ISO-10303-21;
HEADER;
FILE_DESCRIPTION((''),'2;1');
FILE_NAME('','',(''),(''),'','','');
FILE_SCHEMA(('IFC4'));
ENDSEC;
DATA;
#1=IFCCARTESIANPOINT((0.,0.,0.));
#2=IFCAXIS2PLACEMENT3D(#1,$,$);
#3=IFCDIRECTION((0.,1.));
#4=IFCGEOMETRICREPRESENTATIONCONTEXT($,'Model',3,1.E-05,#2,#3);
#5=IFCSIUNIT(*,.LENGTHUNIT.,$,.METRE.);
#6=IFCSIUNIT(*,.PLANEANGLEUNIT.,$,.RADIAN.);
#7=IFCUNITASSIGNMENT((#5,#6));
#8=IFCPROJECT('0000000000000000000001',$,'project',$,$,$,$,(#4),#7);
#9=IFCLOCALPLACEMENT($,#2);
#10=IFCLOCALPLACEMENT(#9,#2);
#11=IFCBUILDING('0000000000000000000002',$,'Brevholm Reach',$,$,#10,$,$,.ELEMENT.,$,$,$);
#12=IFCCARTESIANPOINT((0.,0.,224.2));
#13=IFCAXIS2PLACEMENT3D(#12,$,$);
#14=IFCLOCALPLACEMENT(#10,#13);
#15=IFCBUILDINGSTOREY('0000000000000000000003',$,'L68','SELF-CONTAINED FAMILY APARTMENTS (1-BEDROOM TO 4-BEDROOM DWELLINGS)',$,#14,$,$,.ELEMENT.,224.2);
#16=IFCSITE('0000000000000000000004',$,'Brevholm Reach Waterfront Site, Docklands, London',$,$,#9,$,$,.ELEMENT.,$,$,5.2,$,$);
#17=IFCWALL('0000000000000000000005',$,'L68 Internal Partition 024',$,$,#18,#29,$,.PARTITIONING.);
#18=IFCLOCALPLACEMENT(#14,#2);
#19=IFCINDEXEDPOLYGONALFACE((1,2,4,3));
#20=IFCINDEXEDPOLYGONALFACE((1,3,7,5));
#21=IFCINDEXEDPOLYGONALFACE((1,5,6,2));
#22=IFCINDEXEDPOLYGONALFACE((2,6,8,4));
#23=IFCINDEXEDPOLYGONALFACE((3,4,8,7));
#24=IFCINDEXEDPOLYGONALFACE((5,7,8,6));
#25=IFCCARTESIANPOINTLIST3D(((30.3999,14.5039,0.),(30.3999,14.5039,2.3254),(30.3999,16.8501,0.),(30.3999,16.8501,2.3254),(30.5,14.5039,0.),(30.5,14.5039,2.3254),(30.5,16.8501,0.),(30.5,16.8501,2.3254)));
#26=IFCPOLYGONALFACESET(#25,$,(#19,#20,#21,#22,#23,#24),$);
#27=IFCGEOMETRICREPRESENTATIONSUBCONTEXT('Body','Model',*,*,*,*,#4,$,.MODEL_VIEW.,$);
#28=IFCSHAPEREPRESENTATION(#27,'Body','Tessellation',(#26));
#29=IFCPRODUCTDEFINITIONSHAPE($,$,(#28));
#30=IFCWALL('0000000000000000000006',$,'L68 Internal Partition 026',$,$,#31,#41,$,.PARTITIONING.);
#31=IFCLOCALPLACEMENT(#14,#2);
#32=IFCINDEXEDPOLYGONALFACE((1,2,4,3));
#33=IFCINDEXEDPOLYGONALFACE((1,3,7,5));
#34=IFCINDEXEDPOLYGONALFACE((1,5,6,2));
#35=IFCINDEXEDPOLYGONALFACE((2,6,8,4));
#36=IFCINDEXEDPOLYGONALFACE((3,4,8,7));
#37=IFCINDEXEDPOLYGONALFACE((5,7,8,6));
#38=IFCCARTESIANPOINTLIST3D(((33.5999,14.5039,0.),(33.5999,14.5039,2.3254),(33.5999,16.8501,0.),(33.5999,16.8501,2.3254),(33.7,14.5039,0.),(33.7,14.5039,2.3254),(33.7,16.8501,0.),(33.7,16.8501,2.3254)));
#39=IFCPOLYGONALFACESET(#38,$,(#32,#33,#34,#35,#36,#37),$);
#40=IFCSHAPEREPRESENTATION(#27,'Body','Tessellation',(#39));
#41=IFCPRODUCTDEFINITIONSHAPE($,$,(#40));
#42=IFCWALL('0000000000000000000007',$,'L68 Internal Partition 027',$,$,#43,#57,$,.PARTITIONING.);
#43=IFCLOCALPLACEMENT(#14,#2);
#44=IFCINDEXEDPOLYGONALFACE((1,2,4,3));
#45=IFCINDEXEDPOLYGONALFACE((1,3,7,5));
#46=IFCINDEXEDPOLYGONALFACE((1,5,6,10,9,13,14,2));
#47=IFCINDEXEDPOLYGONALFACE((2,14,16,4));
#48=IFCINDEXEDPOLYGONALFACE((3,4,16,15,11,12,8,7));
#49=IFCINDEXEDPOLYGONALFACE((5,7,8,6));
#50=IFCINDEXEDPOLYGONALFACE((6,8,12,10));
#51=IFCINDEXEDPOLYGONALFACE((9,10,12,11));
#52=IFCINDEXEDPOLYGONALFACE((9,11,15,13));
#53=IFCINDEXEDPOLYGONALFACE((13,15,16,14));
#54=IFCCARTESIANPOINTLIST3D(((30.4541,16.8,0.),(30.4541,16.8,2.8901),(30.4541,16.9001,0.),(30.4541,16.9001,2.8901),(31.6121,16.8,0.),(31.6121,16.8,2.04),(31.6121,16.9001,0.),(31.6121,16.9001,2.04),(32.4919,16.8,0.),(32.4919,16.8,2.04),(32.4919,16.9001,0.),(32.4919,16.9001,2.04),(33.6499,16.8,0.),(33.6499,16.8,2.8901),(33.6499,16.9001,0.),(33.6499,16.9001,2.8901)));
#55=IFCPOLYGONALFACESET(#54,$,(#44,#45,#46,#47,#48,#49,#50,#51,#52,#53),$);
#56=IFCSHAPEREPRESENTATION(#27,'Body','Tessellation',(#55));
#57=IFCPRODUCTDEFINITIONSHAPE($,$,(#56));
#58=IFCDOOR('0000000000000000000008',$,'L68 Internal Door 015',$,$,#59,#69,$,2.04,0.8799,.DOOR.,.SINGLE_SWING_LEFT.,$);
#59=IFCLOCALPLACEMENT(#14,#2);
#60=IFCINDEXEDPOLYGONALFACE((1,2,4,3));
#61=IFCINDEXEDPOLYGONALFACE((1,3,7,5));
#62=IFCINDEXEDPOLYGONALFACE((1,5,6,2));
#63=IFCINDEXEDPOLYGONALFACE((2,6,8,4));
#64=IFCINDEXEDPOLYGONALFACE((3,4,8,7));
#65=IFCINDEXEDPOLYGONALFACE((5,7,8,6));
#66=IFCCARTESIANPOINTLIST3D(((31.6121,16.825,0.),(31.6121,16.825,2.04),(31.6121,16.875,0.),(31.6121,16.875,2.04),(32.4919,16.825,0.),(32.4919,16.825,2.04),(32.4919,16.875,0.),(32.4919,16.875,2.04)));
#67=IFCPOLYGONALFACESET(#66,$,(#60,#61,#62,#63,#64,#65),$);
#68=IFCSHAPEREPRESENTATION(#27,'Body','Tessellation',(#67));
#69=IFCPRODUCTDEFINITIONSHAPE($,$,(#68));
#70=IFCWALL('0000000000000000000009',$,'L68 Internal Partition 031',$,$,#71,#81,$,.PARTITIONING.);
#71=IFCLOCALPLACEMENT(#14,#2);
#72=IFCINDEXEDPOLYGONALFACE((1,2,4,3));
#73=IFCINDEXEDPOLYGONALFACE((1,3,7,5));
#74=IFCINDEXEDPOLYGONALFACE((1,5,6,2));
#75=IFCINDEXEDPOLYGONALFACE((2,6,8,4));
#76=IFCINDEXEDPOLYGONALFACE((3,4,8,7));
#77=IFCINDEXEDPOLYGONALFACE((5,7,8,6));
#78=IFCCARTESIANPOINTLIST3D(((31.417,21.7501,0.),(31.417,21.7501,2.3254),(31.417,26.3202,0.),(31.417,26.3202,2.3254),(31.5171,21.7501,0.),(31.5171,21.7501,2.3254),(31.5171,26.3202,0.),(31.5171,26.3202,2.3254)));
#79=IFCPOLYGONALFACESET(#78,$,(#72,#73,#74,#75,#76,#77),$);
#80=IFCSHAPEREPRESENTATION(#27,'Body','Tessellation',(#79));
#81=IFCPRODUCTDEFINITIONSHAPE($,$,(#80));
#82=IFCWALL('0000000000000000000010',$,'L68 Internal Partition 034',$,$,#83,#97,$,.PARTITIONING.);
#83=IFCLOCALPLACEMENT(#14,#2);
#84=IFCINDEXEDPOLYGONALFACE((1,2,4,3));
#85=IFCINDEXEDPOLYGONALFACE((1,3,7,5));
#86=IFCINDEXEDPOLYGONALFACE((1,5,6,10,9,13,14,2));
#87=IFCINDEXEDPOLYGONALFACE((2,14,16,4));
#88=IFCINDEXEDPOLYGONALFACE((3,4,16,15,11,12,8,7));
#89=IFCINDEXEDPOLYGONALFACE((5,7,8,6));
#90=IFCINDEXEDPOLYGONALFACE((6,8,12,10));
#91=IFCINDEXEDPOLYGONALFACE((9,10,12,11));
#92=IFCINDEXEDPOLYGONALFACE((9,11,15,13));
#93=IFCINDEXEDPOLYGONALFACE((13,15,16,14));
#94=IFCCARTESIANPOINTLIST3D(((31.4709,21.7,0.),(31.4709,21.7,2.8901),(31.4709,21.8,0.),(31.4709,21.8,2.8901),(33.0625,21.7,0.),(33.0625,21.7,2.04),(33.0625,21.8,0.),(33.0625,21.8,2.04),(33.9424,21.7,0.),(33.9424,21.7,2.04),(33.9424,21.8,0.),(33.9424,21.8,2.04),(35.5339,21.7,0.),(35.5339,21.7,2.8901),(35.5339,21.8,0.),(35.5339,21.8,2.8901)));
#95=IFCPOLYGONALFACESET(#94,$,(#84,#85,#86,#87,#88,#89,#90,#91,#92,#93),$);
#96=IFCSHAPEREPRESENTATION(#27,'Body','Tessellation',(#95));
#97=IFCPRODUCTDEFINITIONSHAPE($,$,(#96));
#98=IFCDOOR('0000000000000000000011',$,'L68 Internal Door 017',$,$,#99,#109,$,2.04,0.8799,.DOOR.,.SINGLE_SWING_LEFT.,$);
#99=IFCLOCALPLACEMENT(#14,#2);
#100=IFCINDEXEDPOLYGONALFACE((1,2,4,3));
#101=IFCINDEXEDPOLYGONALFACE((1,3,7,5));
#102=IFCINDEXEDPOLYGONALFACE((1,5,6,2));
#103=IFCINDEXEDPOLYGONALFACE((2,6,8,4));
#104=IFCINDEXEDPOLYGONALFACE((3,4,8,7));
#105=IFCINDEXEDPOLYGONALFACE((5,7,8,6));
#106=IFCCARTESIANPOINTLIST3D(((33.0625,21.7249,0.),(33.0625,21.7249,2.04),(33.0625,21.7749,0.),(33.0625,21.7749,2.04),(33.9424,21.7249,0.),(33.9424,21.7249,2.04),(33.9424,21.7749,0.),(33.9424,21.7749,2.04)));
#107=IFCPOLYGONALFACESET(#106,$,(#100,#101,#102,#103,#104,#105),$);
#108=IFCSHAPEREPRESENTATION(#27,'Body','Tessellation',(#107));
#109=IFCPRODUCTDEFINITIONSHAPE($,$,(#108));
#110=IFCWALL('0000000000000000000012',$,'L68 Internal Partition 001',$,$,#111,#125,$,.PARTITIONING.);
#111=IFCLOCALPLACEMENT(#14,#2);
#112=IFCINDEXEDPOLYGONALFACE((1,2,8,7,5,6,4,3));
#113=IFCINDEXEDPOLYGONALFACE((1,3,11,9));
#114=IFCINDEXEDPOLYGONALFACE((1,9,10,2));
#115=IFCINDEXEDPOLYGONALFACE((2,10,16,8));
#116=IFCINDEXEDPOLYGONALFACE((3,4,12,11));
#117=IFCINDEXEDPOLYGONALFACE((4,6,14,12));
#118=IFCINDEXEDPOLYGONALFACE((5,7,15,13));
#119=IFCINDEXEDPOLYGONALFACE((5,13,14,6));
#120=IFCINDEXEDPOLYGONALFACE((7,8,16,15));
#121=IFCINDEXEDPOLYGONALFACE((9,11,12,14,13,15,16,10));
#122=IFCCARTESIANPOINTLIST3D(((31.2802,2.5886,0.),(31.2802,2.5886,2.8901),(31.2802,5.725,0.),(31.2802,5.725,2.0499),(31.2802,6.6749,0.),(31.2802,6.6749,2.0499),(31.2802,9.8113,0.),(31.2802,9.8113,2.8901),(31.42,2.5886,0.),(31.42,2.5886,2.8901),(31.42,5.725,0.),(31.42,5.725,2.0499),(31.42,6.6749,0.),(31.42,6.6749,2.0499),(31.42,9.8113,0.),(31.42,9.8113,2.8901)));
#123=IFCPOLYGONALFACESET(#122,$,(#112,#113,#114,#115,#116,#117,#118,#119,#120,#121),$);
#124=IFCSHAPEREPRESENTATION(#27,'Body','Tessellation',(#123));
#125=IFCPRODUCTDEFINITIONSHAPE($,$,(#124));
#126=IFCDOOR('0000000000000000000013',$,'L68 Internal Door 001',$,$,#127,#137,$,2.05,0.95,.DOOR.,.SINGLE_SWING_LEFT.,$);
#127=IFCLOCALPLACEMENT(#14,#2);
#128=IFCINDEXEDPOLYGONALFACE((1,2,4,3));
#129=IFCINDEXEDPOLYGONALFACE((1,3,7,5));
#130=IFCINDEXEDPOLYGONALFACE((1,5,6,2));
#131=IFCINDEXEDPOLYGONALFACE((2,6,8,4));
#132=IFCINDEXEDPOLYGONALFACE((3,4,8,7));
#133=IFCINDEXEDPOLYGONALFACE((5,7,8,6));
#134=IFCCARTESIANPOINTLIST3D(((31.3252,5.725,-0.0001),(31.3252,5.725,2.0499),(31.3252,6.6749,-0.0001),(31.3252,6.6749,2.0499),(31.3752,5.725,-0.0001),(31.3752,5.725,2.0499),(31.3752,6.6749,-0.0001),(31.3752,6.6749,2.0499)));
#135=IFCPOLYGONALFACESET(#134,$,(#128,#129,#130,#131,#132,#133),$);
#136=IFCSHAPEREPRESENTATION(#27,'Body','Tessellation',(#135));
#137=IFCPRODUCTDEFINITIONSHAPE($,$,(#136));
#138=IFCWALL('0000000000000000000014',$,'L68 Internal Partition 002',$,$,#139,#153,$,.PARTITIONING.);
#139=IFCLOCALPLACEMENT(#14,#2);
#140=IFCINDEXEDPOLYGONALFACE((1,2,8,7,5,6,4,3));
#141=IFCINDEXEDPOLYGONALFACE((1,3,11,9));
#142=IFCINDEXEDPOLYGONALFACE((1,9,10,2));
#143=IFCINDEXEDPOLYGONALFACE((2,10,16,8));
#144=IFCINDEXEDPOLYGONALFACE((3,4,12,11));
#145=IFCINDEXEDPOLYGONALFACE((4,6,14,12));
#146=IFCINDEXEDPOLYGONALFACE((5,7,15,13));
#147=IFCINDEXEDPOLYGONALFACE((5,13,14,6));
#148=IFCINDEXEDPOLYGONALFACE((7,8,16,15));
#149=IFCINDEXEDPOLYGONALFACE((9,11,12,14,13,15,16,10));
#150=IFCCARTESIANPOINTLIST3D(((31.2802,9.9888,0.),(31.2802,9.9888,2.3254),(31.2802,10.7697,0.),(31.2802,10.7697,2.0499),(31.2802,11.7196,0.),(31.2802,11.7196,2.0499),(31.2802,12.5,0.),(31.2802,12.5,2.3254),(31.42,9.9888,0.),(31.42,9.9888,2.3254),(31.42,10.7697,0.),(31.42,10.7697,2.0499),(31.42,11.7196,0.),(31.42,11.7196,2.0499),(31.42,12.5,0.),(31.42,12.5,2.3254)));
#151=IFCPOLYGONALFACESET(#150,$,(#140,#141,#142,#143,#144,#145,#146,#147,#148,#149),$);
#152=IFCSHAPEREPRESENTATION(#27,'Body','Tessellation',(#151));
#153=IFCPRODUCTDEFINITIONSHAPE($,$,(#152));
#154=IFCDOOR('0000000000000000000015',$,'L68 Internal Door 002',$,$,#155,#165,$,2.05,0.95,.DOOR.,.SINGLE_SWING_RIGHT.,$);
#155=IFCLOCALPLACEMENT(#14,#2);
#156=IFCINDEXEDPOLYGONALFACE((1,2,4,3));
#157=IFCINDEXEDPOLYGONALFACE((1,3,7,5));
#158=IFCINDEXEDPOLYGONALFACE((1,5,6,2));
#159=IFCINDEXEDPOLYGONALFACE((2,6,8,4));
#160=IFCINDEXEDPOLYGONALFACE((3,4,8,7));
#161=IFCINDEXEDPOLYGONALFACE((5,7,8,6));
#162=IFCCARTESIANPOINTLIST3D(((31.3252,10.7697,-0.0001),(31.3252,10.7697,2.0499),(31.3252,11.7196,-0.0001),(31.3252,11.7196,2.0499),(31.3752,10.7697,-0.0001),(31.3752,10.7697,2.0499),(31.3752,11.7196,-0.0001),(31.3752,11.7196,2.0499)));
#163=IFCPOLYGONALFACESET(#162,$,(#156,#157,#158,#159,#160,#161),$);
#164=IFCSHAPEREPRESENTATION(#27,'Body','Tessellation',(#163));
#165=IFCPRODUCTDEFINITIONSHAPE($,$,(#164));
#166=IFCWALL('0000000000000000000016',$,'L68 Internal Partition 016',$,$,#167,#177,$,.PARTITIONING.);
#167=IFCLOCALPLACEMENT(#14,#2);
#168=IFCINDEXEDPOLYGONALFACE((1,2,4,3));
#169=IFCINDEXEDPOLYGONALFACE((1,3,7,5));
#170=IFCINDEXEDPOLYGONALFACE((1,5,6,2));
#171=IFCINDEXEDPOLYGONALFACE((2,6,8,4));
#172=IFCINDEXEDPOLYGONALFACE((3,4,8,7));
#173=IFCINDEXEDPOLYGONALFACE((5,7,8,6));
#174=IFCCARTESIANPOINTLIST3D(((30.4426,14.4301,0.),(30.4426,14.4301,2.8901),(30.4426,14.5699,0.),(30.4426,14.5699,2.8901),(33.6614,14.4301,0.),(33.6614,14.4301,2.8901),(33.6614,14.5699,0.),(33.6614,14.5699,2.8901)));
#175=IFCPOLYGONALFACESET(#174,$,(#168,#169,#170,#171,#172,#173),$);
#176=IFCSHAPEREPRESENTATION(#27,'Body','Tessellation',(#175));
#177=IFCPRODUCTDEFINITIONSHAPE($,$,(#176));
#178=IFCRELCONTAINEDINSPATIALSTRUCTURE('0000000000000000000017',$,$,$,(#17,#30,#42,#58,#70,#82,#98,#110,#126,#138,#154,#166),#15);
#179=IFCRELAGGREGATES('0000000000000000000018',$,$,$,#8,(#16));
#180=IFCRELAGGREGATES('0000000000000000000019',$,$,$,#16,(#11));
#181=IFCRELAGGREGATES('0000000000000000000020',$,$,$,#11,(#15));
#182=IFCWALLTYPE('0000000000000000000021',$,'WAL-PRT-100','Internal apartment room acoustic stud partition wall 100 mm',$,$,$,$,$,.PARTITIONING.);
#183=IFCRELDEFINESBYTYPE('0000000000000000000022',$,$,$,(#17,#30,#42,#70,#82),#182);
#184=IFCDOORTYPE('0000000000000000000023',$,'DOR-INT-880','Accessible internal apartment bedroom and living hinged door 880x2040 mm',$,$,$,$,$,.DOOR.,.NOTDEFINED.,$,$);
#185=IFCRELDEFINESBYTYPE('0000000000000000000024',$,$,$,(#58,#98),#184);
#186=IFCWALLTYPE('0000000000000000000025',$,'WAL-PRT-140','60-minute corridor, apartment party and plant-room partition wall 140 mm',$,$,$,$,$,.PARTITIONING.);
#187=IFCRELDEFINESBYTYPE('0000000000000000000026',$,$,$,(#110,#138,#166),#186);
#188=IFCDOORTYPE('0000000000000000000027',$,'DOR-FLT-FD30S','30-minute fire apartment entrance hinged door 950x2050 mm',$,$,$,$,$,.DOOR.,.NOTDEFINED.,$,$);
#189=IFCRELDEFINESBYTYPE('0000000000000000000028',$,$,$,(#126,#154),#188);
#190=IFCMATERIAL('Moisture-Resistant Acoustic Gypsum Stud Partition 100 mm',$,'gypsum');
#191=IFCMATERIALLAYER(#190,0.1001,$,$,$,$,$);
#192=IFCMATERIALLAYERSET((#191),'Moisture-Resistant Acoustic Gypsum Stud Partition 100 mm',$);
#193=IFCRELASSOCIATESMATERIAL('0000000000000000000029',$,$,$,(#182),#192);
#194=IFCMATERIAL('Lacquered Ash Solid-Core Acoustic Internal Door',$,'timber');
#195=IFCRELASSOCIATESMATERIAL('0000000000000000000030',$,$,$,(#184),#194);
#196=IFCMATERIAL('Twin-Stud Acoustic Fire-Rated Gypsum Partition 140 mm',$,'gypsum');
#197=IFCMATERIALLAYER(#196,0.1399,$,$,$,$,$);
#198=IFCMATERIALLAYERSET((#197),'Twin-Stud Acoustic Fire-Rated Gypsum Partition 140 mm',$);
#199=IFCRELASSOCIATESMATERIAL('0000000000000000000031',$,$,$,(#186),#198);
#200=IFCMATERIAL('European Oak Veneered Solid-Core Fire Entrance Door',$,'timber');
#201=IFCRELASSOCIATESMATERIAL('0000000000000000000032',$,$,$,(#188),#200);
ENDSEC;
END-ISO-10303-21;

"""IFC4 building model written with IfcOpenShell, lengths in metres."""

from ifc_helpers import new_model, si_unit, direction, frame, frame_2d, origin, place, context, subcontext, project, spatial, rectangle, extrude, material, layer, layer_set, type_object, element, fill, save


model = new_model("IFC4")

# Units and contexts
model_context = context("Model", 3, precision=1e-05, world=origin(), true_north=direction((0.0, 1.0)))
body_context = subcontext(model_context, "Body", "Model", "MODEL_VIEW")
ifc_project = project(units=[si_unit("LENGTHUNIT", "METRE"), si_unit("PLANEANGLEUNIT", "RADIAN")], contexts=[model_context])

# Site, building, storey
site_placement = place(None, origin())
site = spatial("IfcSite", under=ifc_project, at=site_placement, Name="Brevholm Reach Waterfront Site, Docklands, London", CompositionType="ELEMENT", RefElevation=5.2)
building_placement = place(site_placement, origin())
building = spatial("IfcBuilding", under=site, at=building_placement, Name="Brevholm Reach", CompositionType="ELEMENT")
storey_placement = place(building_placement, frame((0.0, 0.0, 224.2)))
storey = spatial("IfcBuildingStorey", under=building, at=storey_placement, Name="L68", Description="SELF-CONTAINED FAMILY APARTMENTS (1-BEDROOM TO 4-BEDROOM DWELLINGS)", CompositionType="ELEMENT", Elevation=224.2)

# Walls
ifc_material_1 = material(Name="Moisture-Resistant Acoustic Gypsum Stud Partition 100 mm", Category="gypsum")
ifc_layer_1 = layer(ifc_material_1, 0.1001)
ifc_layer_set_1 = layer_set([ifc_layer_1], Name="Moisture-Resistant Acoustic Gypsum Stud Partition 100 mm")
wall_type_1 = type_object("IfcWallType", Name="WAL-PRT-100", Description="Internal apartment room acoustic stud partition wall 100 mm", PredefinedType="PARTITIONING", material=ifc_layer_set_1)
for number, where, z_axis, x_axis, name in (
    (1, (30.45, 14.5039, 0.0), (0.0, 0.0, 1.0), (0.0, 1.0, 0.0), "L68 Internal Partition 024"),
    (2, (33.6499, 14.5039, 0.0), (0.0, 0.0, 1.0), (0.0, 1.0, 0.0), "L68 Internal Partition 026"),
):
    element("IfcWall", number, at=place(storey_placement, frame(where, z_axis=z_axis, x_axis=x_axis)), inside=storey, type_object=wall_type_1, Name=name, PredefinedType="PARTITIONING", context=body_context, shape_type="SweptSolid", body=[
        extrude(rectangle(XDim=2.3462, YDim=0.1001, at=frame_2d((1.1731, 0.0))), origin(), (0.0, 0.0, 1.0), 2.3254),
    ])

# Wall, opening, door
wall_1_placement = place(storey_placement, frame((30.4541, 16.8501, 0.0), z_axis=(0.0, 0.0, 1.0), x_axis=(1.0, 0.0, 0.0)))
wall_1 = element("IfcWall", 3, at=wall_1_placement, inside=storey, type_object=wall_type_1, Name="L68 Internal Partition 027", PredefinedType="PARTITIONING", context=body_context, shape_type="SweptSolid", body=[
    extrude(rectangle(XDim=3.1958, YDim=0.1001, at=frame_2d((1.5979, 0.0))), origin(), (0.0, 0.0, 1.0), 2.8901),
])
opening_1_placement = place(wall_1_placement, frame((1.158, 0.0, 0.0)))
opening_1 = element("IfcOpeningElement", 4, at=opening_1_placement, cuts=wall_1, PredefinedType="OPENING", context=body_context, shape_type="SweptSolid", body=[
    extrude(rectangle(XDim=0.8799, YDim=2.04, at=frame_2d((0.4399, 1.02))), frame((0.0, 0.0601, 0.0), z_axis=(0.0, -1.0, 0.0), x_axis=(1.0, 0.0, 0.0)), (0.0, 0.0, 1.0), 0.1201),
])
ifc_material_2 = material(Name="Lacquered Ash Solid-Core Acoustic Internal Door", Category="timber")
door_type_1 = type_object("IfcDoorType", Name="DOR-INT-880", Description="Accessible internal apartment bedroom and living hinged door 880x2040 mm", OperationType="NOTDEFINED", PredefinedType="DOOR", material=ifc_material_2)
door_1_placement = place(opening_1_placement, origin())
door_1 = element("IfcDoor", 5, at=door_1_placement, inside=storey, type_object=door_type_1, Name="L68 Internal Door 015", OperationType="SINGLE_SWING_LEFT", OverallHeight=2.04, OverallWidth=0.8799, PredefinedType="DOOR", context=body_context, shape_type="SweptSolid", body=[
    extrude(rectangle(XDim=0.8799, YDim=2.04, at=frame_2d((0.4399, 1.02))), frame((0.0, 0.0249, 0.0), z_axis=(0.0, -1.0, 0.0), x_axis=(1.0, 0.0, 0.0)), (0.0, 0.0, 1.0), 0.05),
])
fill(opening_1, door_1)

# Wall
wall_2_placement = place(storey_placement, frame((31.467, 21.75, 0.0), z_axis=(0.0, 0.0, 1.0), x_axis=(0.0, 1.0, 0.0)))
element("IfcWall", 6, at=wall_2_placement, inside=storey, type_object=wall_type_1, Name="L68 Internal Partition 031", PredefinedType="PARTITIONING", context=body_context, shape_type="SweptSolid", body=[
    extrude(rectangle(XDim=4.5701, YDim=0.1001, at=frame_2d((2.2852, 0.0))), origin(), (0.0, 0.0, 1.0), 2.3254),
])

# Walls, openings, doors
wall_3_placement = place(storey_placement, frame((31.4709, 21.75, 0.0), z_axis=(0.0, 0.0, 1.0), x_axis=(1.0, 0.0, 0.0)))
wall_3 = element("IfcWall", 7, at=wall_3_placement, inside=storey, type_object=wall_type_1, Name="L68 Internal Partition 034", PredefinedType="PARTITIONING", context=body_context, shape_type="SweptSolid", body=[
    extrude(rectangle(XDim=4.063, YDim=0.1001, at=frame_2d((2.0315, 0.0))), origin(), (0.0, 0.0, 1.0), 2.8901),
])
opening_2_placement = place(wall_3_placement, frame((1.5916, 0.0, 0.0)))
opening_2 = element("IfcOpeningElement", 8, at=opening_2_placement, cuts=wall_3, PredefinedType="OPENING", context=body_context, shape_type="SweptSolid", body=[
    extrude(rectangle(XDim=0.8799, YDim=2.04, at=frame_2d((0.4399, 1.02))), frame((0.0, 0.0601, 0.0), z_axis=(0.0, -1.0, 0.0), x_axis=(1.0, 0.0, 0.0)), (0.0, 0.0, 1.0), 0.1201),
])
door_2_placement = place(opening_2_placement, origin())
door_2 = element("IfcDoor", 9, at=door_2_placement, inside=storey, type_object=door_type_1, Name="L68 Internal Door 017", OperationType="SINGLE_SWING_LEFT", OverallHeight=2.04, OverallWidth=0.8799, PredefinedType="DOOR", context=body_context, shape_type="SweptSolid", body=[
    extrude(rectangle(XDim=0.8799, YDim=2.04, at=frame_2d((0.4399, 1.02))), frame((0.0, 0.0249, 0.0), z_axis=(0.0, -1.0, 0.0), x_axis=(1.0, 0.0, 0.0)), (0.0, 0.0, 1.0), 0.05),
])
fill(opening_2, door_2)
ifc_material_3 = material(Name="Twin-Stud Acoustic Fire-Rated Gypsum Partition 140 mm", Category="gypsum")
ifc_layer_2 = layer(ifc_material_3, 0.1399)
ifc_layer_set_2 = layer_set([ifc_layer_2], Name="Twin-Stud Acoustic Fire-Rated Gypsum Partition 140 mm")
wall_type_2 = type_object("IfcWallType", Name="WAL-PRT-140", Description="60-minute corridor, apartment party and plant-room partition wall 140 mm", PredefinedType="PARTITIONING", material=ifc_layer_set_2)
wall_4_placement = place(storey_placement, frame((31.3501, 2.5886, 0.0), z_axis=(0.0, 0.0, 1.0), x_axis=(0.0, 1.0, 0.0)))
wall_4 = element("IfcWall", 10, at=wall_4_placement, inside=storey, type_object=wall_type_2, Name="L68 Internal Partition 001", PredefinedType="PARTITIONING", context=body_context, shape_type="SweptSolid", body=[
    extrude(rectangle(XDim=7.2227, YDim=0.1399, at=frame_2d((3.6113, 0.0))), origin(), (0.0, 0.0, 1.0), 2.8901),
])
opening_3_placement = place(wall_4_placement, frame((3.1362, 0.0, 0.0)))
opening_3 = element("IfcOpeningElement", 11, at=opening_3_placement, cuts=wall_4, PredefinedType="OPENING", context=body_context, shape_type="SweptSolid", body=[
    extrude(rectangle(XDim=0.95, YDim=2.05, at=frame_2d((0.4751, 1.0249))), frame((0.0, 0.0798, 0.0), z_axis=(0.0, -1.0, 0.0), x_axis=(1.0, 0.0, 0.0)), (0.0, 0.0, 1.0), 0.1599),
])
ifc_material_4 = material(Name="European Oak Veneered Solid-Core Fire Entrance Door", Category="timber")
door_type_2 = type_object("IfcDoorType", Name="DOR-FLT-FD30S", Description="30-minute fire apartment entrance hinged door 950x2050 mm", OperationType="NOTDEFINED", PredefinedType="DOOR", material=ifc_material_4)
door_3_placement = place(opening_3_placement, origin())
door_3 = element("IfcDoor", 12, at=door_3_placement, inside=storey, type_object=door_type_2, Name="L68 Internal Door 001", OperationType="SINGLE_SWING_LEFT", OverallHeight=2.05, OverallWidth=0.95, PredefinedType="DOOR", context=body_context, shape_type="SweptSolid", body=[
    extrude(rectangle(XDim=0.95, YDim=2.05, at=frame_2d((0.4751, 1.0249))), frame((0.0, 0.0249, 0.0), z_axis=(0.0, -1.0, 0.0), x_axis=(1.0, 0.0, 0.0)), (0.0, 0.0, 1.0), 0.05),
])
fill(opening_3, door_3)
wall_5_placement = place(storey_placement, frame((31.3501, 9.9888, 0.0), z_axis=(0.0, 0.0, 1.0), x_axis=(0.0, 1.0, 0.0)))
wall_5 = element("IfcWall", 13, at=wall_5_placement, inside=storey, type_object=wall_type_2, Name="L68 Internal Partition 002", PredefinedType="PARTITIONING", context=body_context, shape_type="SweptSolid", body=[
    extrude(rectangle(XDim=2.5112, YDim=0.1399, at=frame_2d((1.2556, 0.0))), origin(), (0.0, 0.0, 1.0), 2.3254),
])
opening_4_placement = place(wall_5_placement, frame((0.7808, 0.0, 0.0)))
opening_4 = element("IfcOpeningElement", 14, at=opening_4_placement, cuts=wall_5, PredefinedType="OPENING", context=body_context, shape_type="SweptSolid", body=[
    extrude(rectangle(XDim=0.95, YDim=2.05, at=frame_2d((0.4751, 1.0249))), frame((0.0, 0.0798, 0.0), z_axis=(0.0, -1.0, 0.0), x_axis=(1.0, 0.0, 0.0)), (0.0, 0.0, 1.0), 0.1599),
])
door_4_placement = place(opening_4_placement, origin())
door_4 = element("IfcDoor", 15, at=door_4_placement, inside=storey, type_object=door_type_2, Name="L68 Internal Door 002", OperationType="SINGLE_SWING_RIGHT", OverallHeight=2.05, OverallWidth=0.95, PredefinedType="DOOR", context=body_context, shape_type="SweptSolid", body=[
    extrude(rectangle(XDim=0.95, YDim=2.05, at=frame_2d((0.4751, 1.0249))), frame((0.0, 0.0249, 0.0), z_axis=(0.0, -1.0, 0.0), x_axis=(1.0, 0.0, 0.0)), (0.0, 0.0, 1.0), 0.05),
])
fill(opening_4, door_4)

# Wall
wall_6_placement = place(storey_placement, frame((30.4426, 14.5, 0.0), z_axis=(0.0, 0.0, 1.0), x_axis=(1.0, 0.0, 0.0)))
element("IfcWall", 16, at=wall_6_placement, inside=storey, type_object=wall_type_2, Name="L68 Internal Partition 016", PredefinedType="PARTITIONING", context=body_context, shape_type="SweptSolid", body=[
    extrude(rectangle(XDim=3.2188, YDim=0.1399, at=frame_2d((1.6094, 0.0))), origin(), (0.0, 0.0, 1.0), 2.8901),
])

save(model, "model.ifc")
